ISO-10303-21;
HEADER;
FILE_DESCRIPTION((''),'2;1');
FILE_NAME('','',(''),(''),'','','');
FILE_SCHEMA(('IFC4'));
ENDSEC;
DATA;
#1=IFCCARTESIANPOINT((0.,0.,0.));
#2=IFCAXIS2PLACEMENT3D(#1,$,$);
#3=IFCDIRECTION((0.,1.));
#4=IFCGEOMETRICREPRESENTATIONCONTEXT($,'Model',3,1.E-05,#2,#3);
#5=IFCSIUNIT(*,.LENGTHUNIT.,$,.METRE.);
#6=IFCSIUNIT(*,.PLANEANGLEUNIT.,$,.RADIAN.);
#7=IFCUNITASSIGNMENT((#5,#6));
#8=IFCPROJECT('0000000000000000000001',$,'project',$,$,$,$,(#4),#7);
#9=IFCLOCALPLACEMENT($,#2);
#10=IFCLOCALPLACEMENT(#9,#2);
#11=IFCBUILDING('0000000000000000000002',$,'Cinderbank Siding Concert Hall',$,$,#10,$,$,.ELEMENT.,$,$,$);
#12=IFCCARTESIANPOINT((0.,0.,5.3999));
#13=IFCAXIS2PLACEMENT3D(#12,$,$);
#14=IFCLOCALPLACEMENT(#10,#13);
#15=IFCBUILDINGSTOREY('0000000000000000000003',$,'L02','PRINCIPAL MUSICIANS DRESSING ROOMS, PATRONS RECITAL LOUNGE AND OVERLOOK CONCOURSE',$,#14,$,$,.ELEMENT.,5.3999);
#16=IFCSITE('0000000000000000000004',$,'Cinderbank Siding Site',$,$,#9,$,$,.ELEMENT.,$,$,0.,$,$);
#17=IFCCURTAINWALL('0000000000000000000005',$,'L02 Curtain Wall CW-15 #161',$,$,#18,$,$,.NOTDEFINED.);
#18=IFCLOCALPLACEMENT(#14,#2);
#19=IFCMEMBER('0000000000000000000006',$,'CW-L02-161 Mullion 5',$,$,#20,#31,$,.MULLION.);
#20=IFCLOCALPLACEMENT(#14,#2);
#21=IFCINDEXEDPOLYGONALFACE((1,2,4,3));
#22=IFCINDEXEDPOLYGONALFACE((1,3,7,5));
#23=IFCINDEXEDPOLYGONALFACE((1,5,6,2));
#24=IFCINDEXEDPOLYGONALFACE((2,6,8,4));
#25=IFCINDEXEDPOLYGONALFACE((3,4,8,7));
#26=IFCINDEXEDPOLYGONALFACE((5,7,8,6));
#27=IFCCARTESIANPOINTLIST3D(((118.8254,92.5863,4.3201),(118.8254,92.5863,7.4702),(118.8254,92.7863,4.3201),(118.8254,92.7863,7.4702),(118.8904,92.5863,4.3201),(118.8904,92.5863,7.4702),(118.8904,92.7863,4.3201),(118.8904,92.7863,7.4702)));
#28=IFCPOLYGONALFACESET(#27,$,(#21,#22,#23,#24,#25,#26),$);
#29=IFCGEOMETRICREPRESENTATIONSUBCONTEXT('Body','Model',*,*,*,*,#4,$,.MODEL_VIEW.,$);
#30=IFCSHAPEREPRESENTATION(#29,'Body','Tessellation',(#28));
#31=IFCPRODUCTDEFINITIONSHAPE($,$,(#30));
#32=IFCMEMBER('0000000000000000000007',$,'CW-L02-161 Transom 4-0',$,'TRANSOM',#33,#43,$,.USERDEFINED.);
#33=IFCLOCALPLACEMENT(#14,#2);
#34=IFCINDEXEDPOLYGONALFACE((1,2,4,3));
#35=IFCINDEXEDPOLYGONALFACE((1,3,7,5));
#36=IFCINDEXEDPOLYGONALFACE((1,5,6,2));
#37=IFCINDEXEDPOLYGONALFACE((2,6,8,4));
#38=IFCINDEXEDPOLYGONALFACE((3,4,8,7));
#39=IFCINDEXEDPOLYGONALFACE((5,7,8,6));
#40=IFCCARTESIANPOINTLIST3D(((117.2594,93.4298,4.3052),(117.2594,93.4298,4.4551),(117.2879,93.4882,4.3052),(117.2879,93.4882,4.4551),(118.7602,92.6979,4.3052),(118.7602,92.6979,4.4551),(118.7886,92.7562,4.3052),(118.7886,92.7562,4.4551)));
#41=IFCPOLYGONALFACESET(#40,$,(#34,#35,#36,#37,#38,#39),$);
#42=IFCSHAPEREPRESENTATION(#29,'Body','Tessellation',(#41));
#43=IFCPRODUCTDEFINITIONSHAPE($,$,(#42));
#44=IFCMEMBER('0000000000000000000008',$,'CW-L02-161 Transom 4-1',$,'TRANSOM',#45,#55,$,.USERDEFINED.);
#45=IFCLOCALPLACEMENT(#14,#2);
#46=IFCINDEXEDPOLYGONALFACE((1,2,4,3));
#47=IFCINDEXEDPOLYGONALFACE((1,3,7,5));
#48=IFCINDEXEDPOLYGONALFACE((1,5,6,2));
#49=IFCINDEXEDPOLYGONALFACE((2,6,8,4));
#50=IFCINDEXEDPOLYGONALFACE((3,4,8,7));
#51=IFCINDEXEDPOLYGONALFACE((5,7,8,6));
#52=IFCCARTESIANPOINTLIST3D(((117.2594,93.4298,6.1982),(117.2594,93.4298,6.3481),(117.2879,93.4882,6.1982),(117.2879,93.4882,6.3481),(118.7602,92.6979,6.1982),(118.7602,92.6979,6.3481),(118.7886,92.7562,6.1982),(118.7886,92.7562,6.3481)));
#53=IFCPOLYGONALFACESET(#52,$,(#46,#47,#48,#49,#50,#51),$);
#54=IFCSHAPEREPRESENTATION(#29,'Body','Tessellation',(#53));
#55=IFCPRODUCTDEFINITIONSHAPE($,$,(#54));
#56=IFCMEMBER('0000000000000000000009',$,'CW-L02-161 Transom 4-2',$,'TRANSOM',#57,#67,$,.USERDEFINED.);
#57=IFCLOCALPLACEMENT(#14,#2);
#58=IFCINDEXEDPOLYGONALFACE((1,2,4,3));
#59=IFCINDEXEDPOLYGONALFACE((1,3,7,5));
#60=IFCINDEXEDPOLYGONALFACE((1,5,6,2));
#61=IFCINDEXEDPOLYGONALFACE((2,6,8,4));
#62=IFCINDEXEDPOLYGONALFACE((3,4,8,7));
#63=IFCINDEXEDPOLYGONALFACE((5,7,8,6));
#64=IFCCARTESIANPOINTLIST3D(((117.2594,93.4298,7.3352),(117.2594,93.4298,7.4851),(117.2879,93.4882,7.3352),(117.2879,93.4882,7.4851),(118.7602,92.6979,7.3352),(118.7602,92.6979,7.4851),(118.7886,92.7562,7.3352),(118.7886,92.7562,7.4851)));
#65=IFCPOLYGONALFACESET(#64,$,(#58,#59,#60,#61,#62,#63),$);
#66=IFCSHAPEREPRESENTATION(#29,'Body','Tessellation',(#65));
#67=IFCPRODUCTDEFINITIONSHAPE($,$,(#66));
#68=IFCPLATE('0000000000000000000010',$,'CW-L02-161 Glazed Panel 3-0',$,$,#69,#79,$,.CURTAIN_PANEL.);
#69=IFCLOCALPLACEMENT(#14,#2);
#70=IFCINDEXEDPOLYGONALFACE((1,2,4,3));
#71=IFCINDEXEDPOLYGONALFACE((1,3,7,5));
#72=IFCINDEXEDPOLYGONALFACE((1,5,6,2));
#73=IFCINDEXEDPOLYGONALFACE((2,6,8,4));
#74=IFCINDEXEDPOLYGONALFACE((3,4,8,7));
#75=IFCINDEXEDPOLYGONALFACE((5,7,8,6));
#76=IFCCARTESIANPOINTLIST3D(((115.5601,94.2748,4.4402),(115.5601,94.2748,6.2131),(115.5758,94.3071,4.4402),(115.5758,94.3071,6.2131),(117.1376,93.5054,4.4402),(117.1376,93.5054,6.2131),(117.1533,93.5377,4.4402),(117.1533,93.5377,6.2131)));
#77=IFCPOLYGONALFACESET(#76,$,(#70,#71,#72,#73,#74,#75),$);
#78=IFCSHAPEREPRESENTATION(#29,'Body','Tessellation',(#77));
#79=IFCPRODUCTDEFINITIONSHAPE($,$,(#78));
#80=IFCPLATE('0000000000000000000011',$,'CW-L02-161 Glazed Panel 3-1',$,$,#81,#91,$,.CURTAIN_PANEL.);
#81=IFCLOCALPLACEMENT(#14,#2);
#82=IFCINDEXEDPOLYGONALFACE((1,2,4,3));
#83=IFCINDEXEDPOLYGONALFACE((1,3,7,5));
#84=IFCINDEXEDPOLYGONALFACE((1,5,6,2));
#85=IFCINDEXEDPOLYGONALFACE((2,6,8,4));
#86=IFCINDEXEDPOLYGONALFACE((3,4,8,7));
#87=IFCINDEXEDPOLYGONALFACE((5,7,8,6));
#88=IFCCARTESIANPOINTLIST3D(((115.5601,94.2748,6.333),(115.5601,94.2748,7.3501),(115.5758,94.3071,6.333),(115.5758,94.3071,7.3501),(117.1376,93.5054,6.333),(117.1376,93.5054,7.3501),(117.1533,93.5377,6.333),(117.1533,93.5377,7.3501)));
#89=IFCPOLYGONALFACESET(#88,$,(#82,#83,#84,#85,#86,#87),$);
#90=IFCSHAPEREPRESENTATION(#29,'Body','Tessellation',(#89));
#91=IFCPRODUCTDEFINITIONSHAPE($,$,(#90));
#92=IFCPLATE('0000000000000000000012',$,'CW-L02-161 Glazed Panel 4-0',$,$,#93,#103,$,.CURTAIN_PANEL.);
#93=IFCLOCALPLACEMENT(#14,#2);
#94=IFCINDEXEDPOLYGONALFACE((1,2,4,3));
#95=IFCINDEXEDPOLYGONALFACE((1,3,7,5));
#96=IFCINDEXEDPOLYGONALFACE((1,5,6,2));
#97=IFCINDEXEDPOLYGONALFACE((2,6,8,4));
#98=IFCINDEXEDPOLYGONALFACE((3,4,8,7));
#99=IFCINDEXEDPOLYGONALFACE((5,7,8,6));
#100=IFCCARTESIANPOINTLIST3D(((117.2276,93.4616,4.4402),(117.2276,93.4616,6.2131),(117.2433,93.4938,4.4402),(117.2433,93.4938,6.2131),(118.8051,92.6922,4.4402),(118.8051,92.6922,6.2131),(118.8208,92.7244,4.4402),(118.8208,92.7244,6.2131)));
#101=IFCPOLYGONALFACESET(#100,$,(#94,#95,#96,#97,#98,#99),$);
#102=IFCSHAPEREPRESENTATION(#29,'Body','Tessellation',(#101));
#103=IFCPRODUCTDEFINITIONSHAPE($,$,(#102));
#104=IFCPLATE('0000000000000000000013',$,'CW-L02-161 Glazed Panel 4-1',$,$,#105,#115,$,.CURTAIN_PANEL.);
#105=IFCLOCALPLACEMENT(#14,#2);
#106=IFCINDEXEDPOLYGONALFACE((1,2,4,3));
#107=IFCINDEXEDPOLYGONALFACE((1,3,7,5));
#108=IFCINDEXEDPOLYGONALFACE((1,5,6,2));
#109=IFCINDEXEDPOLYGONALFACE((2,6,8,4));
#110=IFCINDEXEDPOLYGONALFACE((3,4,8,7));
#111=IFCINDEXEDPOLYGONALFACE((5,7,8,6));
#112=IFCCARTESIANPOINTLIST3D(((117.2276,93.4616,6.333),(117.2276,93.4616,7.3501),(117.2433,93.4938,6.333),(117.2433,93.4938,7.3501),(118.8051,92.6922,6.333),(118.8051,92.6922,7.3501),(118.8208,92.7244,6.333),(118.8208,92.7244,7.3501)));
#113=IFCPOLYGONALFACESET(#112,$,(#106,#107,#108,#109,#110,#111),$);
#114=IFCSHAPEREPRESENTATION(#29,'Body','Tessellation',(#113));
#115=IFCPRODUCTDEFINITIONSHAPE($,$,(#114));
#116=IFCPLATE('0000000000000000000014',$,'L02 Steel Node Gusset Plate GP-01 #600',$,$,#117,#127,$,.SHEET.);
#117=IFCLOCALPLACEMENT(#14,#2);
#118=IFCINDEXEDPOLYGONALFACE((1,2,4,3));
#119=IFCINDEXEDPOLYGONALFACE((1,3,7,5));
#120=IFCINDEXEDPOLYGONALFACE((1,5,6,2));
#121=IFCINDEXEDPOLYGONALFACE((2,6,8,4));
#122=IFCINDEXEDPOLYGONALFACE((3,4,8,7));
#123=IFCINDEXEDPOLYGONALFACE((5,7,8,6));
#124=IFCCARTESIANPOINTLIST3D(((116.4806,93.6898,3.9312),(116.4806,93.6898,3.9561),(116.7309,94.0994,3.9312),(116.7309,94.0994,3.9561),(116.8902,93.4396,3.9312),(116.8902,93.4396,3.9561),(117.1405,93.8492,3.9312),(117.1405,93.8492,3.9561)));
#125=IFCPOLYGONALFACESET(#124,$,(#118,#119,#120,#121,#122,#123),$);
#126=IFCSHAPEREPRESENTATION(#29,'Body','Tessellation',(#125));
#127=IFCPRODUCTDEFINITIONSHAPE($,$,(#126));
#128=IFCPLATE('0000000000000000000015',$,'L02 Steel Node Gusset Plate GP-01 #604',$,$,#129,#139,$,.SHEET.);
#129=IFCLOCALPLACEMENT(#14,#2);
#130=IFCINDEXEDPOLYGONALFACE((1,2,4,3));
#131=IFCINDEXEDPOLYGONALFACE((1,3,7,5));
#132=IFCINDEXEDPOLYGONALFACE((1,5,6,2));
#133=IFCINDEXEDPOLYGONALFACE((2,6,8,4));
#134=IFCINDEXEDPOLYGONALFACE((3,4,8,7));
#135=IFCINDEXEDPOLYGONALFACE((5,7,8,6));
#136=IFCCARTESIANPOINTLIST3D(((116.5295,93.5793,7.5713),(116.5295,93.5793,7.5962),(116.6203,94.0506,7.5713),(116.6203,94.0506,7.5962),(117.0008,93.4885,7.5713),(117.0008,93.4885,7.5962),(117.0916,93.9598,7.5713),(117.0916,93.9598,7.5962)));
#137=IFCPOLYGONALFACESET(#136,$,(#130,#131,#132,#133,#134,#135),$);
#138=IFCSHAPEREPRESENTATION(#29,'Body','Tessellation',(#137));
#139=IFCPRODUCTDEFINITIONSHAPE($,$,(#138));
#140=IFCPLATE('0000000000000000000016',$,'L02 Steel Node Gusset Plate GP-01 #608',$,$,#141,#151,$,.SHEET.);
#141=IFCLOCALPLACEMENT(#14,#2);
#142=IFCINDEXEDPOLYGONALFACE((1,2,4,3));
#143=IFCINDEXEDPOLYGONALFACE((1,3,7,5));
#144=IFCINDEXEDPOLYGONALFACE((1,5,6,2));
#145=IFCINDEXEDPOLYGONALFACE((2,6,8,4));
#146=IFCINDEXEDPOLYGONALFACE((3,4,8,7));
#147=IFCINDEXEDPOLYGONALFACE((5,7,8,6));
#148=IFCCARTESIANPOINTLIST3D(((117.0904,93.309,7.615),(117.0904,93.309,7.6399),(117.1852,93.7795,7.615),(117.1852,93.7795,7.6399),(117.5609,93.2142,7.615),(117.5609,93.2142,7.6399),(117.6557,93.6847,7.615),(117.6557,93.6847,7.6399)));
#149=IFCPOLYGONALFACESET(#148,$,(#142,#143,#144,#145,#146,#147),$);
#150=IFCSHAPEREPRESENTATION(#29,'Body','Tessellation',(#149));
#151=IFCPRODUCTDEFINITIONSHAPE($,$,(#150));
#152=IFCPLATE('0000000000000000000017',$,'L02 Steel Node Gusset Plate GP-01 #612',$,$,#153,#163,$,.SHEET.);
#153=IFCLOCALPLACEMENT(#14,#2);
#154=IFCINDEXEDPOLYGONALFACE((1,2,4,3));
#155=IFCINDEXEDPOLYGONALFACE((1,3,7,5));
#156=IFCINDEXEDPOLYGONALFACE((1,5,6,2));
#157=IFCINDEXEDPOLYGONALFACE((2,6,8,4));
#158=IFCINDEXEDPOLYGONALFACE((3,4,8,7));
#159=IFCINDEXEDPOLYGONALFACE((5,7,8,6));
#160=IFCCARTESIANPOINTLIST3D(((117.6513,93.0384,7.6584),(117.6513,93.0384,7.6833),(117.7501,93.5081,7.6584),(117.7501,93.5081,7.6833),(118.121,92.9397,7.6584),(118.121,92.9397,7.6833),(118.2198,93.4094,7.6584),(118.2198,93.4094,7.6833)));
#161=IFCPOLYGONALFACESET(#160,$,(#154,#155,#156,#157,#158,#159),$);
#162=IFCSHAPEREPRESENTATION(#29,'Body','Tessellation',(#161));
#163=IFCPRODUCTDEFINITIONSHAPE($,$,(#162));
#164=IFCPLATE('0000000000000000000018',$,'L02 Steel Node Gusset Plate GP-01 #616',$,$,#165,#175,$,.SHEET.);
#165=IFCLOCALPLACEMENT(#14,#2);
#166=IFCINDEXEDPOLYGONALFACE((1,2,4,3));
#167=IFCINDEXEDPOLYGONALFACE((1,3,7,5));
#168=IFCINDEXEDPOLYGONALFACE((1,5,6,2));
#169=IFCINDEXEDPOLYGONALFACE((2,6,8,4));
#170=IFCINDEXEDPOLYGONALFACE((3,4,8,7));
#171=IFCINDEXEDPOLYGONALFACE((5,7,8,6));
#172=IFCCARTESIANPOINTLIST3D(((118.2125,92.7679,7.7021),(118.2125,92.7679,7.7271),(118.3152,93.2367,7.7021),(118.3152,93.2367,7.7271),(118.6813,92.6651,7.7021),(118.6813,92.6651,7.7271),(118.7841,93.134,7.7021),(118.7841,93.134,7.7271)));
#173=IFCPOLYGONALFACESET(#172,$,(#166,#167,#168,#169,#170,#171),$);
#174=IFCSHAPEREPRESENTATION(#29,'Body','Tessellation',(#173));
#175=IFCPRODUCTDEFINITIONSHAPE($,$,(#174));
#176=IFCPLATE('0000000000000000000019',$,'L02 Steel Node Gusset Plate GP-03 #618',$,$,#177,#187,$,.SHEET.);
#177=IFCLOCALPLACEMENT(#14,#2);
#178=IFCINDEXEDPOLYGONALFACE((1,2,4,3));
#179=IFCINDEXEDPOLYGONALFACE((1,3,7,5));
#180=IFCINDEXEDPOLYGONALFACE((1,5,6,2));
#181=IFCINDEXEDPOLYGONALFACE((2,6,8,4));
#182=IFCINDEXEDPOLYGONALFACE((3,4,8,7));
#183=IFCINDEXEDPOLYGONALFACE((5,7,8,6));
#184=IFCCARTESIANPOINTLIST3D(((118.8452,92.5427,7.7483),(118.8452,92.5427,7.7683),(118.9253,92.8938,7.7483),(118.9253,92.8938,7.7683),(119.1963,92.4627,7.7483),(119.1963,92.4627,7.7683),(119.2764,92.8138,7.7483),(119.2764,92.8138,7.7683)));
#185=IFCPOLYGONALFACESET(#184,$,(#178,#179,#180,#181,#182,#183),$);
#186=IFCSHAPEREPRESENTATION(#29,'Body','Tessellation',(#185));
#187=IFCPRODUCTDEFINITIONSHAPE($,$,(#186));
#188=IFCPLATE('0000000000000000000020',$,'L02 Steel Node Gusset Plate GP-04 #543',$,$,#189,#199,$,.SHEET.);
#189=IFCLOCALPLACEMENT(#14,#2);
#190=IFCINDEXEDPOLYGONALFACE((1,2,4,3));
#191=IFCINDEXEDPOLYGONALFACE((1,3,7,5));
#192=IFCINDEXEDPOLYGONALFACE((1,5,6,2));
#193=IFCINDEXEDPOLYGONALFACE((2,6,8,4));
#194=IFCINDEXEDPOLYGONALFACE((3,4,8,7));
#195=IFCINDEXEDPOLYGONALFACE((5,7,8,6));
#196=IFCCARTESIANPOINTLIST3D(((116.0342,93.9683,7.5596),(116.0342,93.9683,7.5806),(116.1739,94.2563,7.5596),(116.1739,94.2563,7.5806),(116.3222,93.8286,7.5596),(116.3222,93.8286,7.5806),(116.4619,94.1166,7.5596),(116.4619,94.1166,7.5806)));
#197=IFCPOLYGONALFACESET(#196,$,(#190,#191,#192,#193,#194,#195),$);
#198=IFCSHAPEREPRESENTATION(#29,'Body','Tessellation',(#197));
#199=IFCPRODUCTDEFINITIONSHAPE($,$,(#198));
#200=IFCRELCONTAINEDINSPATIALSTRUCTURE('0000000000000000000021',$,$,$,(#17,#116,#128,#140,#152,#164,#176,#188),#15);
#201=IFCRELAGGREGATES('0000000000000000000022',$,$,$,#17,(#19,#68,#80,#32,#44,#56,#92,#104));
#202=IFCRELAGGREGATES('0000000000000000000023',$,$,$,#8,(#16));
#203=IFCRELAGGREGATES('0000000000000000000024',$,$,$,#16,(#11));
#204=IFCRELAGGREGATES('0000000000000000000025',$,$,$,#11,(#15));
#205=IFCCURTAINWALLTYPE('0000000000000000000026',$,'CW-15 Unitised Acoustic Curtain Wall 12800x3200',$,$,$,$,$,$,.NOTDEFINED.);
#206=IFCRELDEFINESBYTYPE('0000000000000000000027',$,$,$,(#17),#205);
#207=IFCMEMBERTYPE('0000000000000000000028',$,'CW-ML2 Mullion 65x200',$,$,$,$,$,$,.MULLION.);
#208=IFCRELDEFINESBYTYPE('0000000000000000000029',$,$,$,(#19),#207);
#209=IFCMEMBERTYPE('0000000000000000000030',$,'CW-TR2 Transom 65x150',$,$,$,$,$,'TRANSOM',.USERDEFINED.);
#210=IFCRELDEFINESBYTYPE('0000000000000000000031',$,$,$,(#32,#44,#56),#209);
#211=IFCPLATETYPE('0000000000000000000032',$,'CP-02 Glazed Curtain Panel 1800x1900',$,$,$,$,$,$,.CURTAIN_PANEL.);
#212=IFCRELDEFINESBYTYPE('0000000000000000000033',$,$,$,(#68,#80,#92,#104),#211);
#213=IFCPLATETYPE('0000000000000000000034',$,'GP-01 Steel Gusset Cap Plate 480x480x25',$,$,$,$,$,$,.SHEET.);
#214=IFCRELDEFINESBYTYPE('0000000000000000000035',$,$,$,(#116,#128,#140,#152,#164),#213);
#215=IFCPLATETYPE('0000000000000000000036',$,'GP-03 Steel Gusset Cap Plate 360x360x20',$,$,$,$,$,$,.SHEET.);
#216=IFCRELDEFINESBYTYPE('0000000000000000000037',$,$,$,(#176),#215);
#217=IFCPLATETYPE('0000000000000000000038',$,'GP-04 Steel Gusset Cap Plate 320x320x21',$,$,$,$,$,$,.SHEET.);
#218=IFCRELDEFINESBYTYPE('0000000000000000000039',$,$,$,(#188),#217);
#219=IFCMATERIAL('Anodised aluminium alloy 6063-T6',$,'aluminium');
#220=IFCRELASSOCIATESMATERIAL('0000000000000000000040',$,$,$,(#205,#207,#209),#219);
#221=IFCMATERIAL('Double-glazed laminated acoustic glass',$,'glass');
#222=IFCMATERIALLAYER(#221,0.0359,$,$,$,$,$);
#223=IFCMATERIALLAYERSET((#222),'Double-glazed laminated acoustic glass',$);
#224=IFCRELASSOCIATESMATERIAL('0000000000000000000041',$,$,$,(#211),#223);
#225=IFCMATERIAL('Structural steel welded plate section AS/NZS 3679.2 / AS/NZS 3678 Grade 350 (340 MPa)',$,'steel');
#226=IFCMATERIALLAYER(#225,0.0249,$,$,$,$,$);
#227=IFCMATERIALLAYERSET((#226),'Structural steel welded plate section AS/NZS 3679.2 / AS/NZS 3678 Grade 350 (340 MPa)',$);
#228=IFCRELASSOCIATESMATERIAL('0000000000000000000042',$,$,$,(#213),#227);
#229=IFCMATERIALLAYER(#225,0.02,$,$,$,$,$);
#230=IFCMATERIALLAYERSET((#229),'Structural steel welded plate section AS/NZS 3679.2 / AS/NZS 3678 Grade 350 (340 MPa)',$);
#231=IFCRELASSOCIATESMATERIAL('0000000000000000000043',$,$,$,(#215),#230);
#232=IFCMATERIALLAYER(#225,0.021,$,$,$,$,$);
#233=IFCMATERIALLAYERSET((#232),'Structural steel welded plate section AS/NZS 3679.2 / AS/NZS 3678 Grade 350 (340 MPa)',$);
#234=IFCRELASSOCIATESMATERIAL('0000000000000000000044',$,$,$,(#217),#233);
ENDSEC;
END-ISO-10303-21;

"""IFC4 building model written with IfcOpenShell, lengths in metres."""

from ifc_helpers import new_model, si_unit, direction, frame, origin, origin_2d, place, context, subcontext, project, spatial, rectangle, extrude, material, layer, layer_set, material_profile, profile_set, type_object, element, aggregate, save


model = new_model("IFC4")

# Units and contexts
model_context = context("Model", 3, precision=1e-05, world=origin(), true_north=direction((0.0, 1.0)))
body_context = subcontext(model_context, "Body", "Model", "MODEL_VIEW")
ifc_project = project(units=[si_unit("LENGTHUNIT", "METRE"), si_unit("PLANEANGLEUNIT", "RADIAN")], contexts=[model_context])

# Site, building, storey
site_placement = place(None, origin())
site = spatial("IfcSite", under=ifc_project, at=site_placement, Name="Cinderbank Siding Site", CompositionType="ELEMENT", RefElevation=0.0)
building_placement = place(site_placement, origin())
building = spatial("IfcBuilding", under=site, at=building_placement, Name="Cinderbank Siding Concert Hall", CompositionType="ELEMENT")
storey_placement = place(building_placement, frame((0.0, 0.0, 5.3999)))
storey = spatial("IfcBuildingStorey", under=building, at=storey_placement, Name="L02", Description="PRINCIPAL MUSICIANS DRESSING ROOMS, PATRONS RECITAL LOUNGE AND OVERLOOK CONCOURSE", CompositionType="ELEMENT", Elevation=5.3999)

# Curtain wall, members, plates
ifc_material_1 = material(Name="Anodised aluminium alloy 6063-T6", Category="aluminium")
curtain_wall_type = type_object("IfcCurtainWallType", Name="CW-15 Unitised Acoustic Curtain Wall 12800x3200", PredefinedType="NOTDEFINED", material=ifc_material_1)
curtain_wall_placement = place(storey_placement, origin())
curtain_wall = element("IfcCurtainWall", 1, at=curtain_wall_placement, inside=storey, type_object=curtain_wall_type, Name="L02 Curtain Wall CW-15 #161", PredefinedType="NOTDEFINED")
ifc_material_profile_1 = material_profile(ifc_material_1, rectangle(XDim=0.0649, YDim=0.2, at=origin_2d()), Name="ALU-MULL-65x200", Category="LoadBearing")
ifc_profile_set_1 = profile_set([ifc_material_profile_1], Name="Anodised aluminium alloy 6063-T6")
member_type_1 = type_object("IfcMemberType", Name="CW-ML2 Mullion 65x200", PredefinedType="MULLION", material=ifc_profile_set_1)
member_1_placement = place(storey_placement, frame((118.8579, 92.6863, 4.3201), z_axis=(0.0, 0.0, 1.0), x_axis=(1.0, 0.0, 0.0)))
member_1 = element("IfcMember", 2, at=member_1_placement, type_object=member_type_1, Name="CW-L02-161 Mullion 5", PredefinedType="MULLION", context=body_context, shape_type="SweptSolid", body=[
    extrude(rectangle(XDim=0.0649, YDim=0.2, at=origin_2d()), origin(), (0.0, 0.0, 1.0), 3.1501),
])
ifc_material_profile_2 = material_profile(ifc_material_1, rectangle(XDim=0.0649, YDim=0.1499, at=origin_2d()), Name="ALU-TRAN-65x150", Category="LoadBearing")
ifc_profile_set_2 = profile_set([ifc_material_profile_2], Name="Anodised aluminium alloy 6063-T6")
member_type_2 = type_object("IfcMemberType", Name="CW-TR2 Transom 65x150", ElementType="TRANSOM", PredefinedType="USERDEFINED", material=ifc_profile_set_2)
member_2_placement = place(storey_placement, frame((117.2737, 93.459, 4.3801), z_axis=(0.898799, -0.43836, 0.0), x_axis=(0.43836, 0.898799, 0.0)))
member_2 = element("IfcMember", 3, at=member_2_placement, type_object=member_type_2, Name="CW-L02-161 Transom 4-0", ObjectType="TRANSOM", PredefinedType="USERDEFINED", context=body_context, shape_type="SweptSolid", body=[
    extrude(rectangle(XDim=0.0649, YDim=0.1499, at=origin_2d()), origin(), (0.0, 0.0, 1.0), 1.6697),
])
member_3_placement = place(storey_placement, frame((117.2737, 93.459, 6.2732), z_axis=(0.898799, -0.43836, 0.0), x_axis=(0.43836, 0.898799, 0.0)))
member_3 = element("IfcMember", 4, at=member_3_placement, type_object=member_type_2, Name="CW-L02-161 Transom 4-1", ObjectType="TRANSOM", PredefinedType="USERDEFINED", context=body_context, shape_type="SweptSolid", body=[
    extrude(rectangle(XDim=0.0649, YDim=0.1499, at=origin_2d()), origin(), (0.0, 0.0, 1.0), 1.6697),
])
member_4_placement = place(storey_placement, frame((117.2737, 93.459, 7.4102), z_axis=(0.898799, -0.43836, 0.0), x_axis=(0.43836, 0.898799, 0.0)))
member_4 = element("IfcMember", 5, at=member_4_placement, type_object=member_type_2, Name="CW-L02-161 Transom 4-2", ObjectType="TRANSOM", PredefinedType="USERDEFINED", context=body_context, shape_type="SweptSolid", body=[
    extrude(rectangle(XDim=0.0649, YDim=0.1499, at=origin_2d()), origin(), (0.0, 0.0, 1.0), 1.6697),
])
ifc_material_2 = material(Name="Double-glazed laminated acoustic glass", Category="glass")
ifc_layer_1 = layer(ifc_material_2, 0.0359)
ifc_layer_set_1 = layer_set([ifc_layer_1], Name="Double-glazed laminated acoustic glass")
plate_type_1 = type_object("IfcPlateType", Name="CP-02 Glazed Curtain Panel 1800x1900", PredefinedType="CURTAIN_PANEL", material=ifc_layer_set_1)
plate_1_placement = place(storey_placement, frame((116.3567, 93.9062, 4.4402), z_axis=(0.0, 0.0, 1.0), x_axis=(0.898794, -0.43837, 0.0)))
plate_1 = element("IfcPlate", 6, at=plate_1_placement, type_object=plate_type_1, Name="CW-L02-161 Glazed Panel 3-0", PredefinedType="CURTAIN_PANEL", context=body_context, shape_type="SweptSolid", body=[
    extrude(rectangle(XDim=1.7551, YDim=0.0359, at=origin_2d()), origin(), (0.0, 0.0, 1.0), 1.7729),
])
plate_2_placement = place(storey_placement, frame((116.3567, 93.9062, 6.333), z_axis=(0.0, 0.0, 1.0), x_axis=(0.898794, -0.43837, 0.0)))
plate_2 = element("IfcPlate", 7, at=plate_2_placement, type_object=plate_type_1, Name="CW-L02-161 Glazed Panel 3-1", PredefinedType="CURTAIN_PANEL", context=body_context, shape_type="SweptSolid", body=[
    extrude(rectangle(XDim=1.7551, YDim=0.0359, at=origin_2d()), origin(), (0.0, 0.0, 1.0), 1.0171),
])
plate_3_placement = place(storey_placement, frame((118.0242, 93.093, 4.4402), z_axis=(0.0, 0.0, 1.0), x_axis=(0.898794, -0.43837, 0.0)))
plate_3 = element("IfcPlate", 8, at=plate_3_placement, type_object=plate_type_1, Name="CW-L02-161 Glazed Panel 4-0", PredefinedType="CURTAIN_PANEL", context=body_context, shape_type="SweptSolid", body=[
    extrude(rectangle(XDim=1.7551, YDim=0.0359, at=origin_2d()), origin(), (0.0, 0.0, 1.0), 1.7729),
])
plate_4_placement = place(storey_placement, frame((118.0242, 93.093, 6.333), z_axis=(0.0, 0.0, 1.0), x_axis=(0.898794, -0.43837, 0.0)))
plate_4 = element("IfcPlate", 9, at=plate_4_placement, type_object=plate_type_1, Name="CW-L02-161 Glazed Panel 4-1", PredefinedType="CURTAIN_PANEL", context=body_context, shape_type="SweptSolid", body=[
    extrude(rectangle(XDim=1.7551, YDim=0.0359, at=origin_2d()), origin(), (0.0, 0.0, 1.0), 1.0171),
])
aggregate(curtain_wall, [member_1, plate_1, plate_2, member_2, member_3, member_4, plate_3, plate_4])

# Plates
ifc_material_3 = material(Name="Structural steel welded plate section AS/NZS 3679.2 / AS/NZS 3678 Grade 350 (340 MPa)", Category="steel")
ifc_layer_2 = layer(ifc_material_3, 0.0249)
ifc_layer_set_2 = layer_set([ifc_layer_2], Name="Structural steel welded plate section AS/NZS 3679.2 / AS/NZS 3678 Grade 350 (340 MPa)")
plate_type_2 = type_object("IfcPlateType", Name="GP-01 Steel Gusset Cap Plate 480x480x25", PredefinedType="SHEET", material=ifc_layer_set_2)
for number, where, z_axis, x_axis, name in (
    (10, (116.8105, 93.7695, 3.9312), (0.0, 0.0, 1.0), (0.521308, 0.853369, 0.0), "L02 Steel Node Gusset Plate GP-01 #600"),
    (11, (116.8105, 93.7695, 7.5713), (0.0, 0.0, 1.0), (-0.189267, -0.981926, 0.0), "L02 Steel Node Gusset Plate GP-01 #604"),
    (12, (117.373, 93.4968, 7.615), (0.0, 0.0, 1.0), (-0.197486, -0.980306, 0.0), "L02 Steel Node Gusset Plate GP-01 #608"),
    (13, (117.9355, 93.2239, 7.6584), (0.0, 0.0, 1.0), (-0.205692, -0.978617, 0.0), "L02 Steel Node Gusset Plate GP-01 #612"),
    (14, (118.4983, 92.9509, 7.7021), (0.0, 0.0, 1.0), (-0.214053, -0.976822, 0.0), "L02 Steel Node Gusset Plate GP-01 #616"),
):
    element("IfcPlate", number, at=place(storey_placement, frame(where, z_axis=z_axis, x_axis=x_axis)), inside=storey, type_object=plate_type_2, Name=name, PredefinedType="SHEET", context=body_context, shape_type="SweptSolid", body=[
        extrude(rectangle(XDim=0.48, YDim=0.48, at=origin_2d()), origin(), (0.0, 0.0, 1.0), 0.0249),
    ])
ifc_layer_3 = layer(ifc_material_3, 0.02)
ifc_layer_set_3 = layer_set([ifc_layer_3], Name="Structural steel welded plate section AS/NZS 3679.2 / AS/NZS 3678 Grade 350 (340 MPa)")
plate_type_3 = type_object("IfcPlateType", Name="GP-03 Steel Gusset Cap Plate 360x360x20", PredefinedType="SHEET", material=ifc_layer_set_3)
plate_5_placement = place(storey_placement, frame((119.0608, 92.6782, 7.7483), z_axis=(0.0, 0.0, 1.0), x_axis=(-0.222229, -0.974994, 0.0)))
element("IfcPlate", 15, at=plate_5_placement, inside=storey, type_object=plate_type_3, Name="L02 Steel Node Gusset Plate GP-03 #618", PredefinedType="SHEET", context=body_context, shape_type="SweptSolid", body=[
    extrude(rectangle(XDim=0.3601, YDim=0.3601, at=origin_2d()), origin(), (0.0, 0.0, 1.0), 0.02),
])
ifc_layer_4 = layer(ifc_material_3, 0.021)
ifc_layer_set_4 = layer_set([ifc_layer_4], Name="Structural steel welded plate section AS/NZS 3679.2 / AS/NZS 3678 Grade 350 (340 MPa)")
plate_type_4 = type_object("IfcPlateType", Name="GP-04 Steel Gusset Cap Plate 320x320x21", PredefinedType="SHEET", material=ifc_layer_set_4)
for number, where, z_axis, x_axis, name in (
    (16, (116.248, 94.0425, 7.5596), (0.0, 0.0, 1.0), (0.89971, -0.436488, 0.0), "L02 Steel Node Gusset Plate GP-04 #543"),
):
    element("IfcPlate", number, at=place(storey_placement, frame(where, z_axis=z_axis, x_axis=x_axis)), inside=storey, type_object=plate_type_4, Name=name, PredefinedType="SHEET", context=body_context, shape_type="SweptSolid", body=[
        extrude(rectangle(XDim=0.3201, YDim=0.3201, at=origin_2d()), origin(), (0.0, 0.0, 1.0), 0.021),
    ])

save(model, "model.ifc")
